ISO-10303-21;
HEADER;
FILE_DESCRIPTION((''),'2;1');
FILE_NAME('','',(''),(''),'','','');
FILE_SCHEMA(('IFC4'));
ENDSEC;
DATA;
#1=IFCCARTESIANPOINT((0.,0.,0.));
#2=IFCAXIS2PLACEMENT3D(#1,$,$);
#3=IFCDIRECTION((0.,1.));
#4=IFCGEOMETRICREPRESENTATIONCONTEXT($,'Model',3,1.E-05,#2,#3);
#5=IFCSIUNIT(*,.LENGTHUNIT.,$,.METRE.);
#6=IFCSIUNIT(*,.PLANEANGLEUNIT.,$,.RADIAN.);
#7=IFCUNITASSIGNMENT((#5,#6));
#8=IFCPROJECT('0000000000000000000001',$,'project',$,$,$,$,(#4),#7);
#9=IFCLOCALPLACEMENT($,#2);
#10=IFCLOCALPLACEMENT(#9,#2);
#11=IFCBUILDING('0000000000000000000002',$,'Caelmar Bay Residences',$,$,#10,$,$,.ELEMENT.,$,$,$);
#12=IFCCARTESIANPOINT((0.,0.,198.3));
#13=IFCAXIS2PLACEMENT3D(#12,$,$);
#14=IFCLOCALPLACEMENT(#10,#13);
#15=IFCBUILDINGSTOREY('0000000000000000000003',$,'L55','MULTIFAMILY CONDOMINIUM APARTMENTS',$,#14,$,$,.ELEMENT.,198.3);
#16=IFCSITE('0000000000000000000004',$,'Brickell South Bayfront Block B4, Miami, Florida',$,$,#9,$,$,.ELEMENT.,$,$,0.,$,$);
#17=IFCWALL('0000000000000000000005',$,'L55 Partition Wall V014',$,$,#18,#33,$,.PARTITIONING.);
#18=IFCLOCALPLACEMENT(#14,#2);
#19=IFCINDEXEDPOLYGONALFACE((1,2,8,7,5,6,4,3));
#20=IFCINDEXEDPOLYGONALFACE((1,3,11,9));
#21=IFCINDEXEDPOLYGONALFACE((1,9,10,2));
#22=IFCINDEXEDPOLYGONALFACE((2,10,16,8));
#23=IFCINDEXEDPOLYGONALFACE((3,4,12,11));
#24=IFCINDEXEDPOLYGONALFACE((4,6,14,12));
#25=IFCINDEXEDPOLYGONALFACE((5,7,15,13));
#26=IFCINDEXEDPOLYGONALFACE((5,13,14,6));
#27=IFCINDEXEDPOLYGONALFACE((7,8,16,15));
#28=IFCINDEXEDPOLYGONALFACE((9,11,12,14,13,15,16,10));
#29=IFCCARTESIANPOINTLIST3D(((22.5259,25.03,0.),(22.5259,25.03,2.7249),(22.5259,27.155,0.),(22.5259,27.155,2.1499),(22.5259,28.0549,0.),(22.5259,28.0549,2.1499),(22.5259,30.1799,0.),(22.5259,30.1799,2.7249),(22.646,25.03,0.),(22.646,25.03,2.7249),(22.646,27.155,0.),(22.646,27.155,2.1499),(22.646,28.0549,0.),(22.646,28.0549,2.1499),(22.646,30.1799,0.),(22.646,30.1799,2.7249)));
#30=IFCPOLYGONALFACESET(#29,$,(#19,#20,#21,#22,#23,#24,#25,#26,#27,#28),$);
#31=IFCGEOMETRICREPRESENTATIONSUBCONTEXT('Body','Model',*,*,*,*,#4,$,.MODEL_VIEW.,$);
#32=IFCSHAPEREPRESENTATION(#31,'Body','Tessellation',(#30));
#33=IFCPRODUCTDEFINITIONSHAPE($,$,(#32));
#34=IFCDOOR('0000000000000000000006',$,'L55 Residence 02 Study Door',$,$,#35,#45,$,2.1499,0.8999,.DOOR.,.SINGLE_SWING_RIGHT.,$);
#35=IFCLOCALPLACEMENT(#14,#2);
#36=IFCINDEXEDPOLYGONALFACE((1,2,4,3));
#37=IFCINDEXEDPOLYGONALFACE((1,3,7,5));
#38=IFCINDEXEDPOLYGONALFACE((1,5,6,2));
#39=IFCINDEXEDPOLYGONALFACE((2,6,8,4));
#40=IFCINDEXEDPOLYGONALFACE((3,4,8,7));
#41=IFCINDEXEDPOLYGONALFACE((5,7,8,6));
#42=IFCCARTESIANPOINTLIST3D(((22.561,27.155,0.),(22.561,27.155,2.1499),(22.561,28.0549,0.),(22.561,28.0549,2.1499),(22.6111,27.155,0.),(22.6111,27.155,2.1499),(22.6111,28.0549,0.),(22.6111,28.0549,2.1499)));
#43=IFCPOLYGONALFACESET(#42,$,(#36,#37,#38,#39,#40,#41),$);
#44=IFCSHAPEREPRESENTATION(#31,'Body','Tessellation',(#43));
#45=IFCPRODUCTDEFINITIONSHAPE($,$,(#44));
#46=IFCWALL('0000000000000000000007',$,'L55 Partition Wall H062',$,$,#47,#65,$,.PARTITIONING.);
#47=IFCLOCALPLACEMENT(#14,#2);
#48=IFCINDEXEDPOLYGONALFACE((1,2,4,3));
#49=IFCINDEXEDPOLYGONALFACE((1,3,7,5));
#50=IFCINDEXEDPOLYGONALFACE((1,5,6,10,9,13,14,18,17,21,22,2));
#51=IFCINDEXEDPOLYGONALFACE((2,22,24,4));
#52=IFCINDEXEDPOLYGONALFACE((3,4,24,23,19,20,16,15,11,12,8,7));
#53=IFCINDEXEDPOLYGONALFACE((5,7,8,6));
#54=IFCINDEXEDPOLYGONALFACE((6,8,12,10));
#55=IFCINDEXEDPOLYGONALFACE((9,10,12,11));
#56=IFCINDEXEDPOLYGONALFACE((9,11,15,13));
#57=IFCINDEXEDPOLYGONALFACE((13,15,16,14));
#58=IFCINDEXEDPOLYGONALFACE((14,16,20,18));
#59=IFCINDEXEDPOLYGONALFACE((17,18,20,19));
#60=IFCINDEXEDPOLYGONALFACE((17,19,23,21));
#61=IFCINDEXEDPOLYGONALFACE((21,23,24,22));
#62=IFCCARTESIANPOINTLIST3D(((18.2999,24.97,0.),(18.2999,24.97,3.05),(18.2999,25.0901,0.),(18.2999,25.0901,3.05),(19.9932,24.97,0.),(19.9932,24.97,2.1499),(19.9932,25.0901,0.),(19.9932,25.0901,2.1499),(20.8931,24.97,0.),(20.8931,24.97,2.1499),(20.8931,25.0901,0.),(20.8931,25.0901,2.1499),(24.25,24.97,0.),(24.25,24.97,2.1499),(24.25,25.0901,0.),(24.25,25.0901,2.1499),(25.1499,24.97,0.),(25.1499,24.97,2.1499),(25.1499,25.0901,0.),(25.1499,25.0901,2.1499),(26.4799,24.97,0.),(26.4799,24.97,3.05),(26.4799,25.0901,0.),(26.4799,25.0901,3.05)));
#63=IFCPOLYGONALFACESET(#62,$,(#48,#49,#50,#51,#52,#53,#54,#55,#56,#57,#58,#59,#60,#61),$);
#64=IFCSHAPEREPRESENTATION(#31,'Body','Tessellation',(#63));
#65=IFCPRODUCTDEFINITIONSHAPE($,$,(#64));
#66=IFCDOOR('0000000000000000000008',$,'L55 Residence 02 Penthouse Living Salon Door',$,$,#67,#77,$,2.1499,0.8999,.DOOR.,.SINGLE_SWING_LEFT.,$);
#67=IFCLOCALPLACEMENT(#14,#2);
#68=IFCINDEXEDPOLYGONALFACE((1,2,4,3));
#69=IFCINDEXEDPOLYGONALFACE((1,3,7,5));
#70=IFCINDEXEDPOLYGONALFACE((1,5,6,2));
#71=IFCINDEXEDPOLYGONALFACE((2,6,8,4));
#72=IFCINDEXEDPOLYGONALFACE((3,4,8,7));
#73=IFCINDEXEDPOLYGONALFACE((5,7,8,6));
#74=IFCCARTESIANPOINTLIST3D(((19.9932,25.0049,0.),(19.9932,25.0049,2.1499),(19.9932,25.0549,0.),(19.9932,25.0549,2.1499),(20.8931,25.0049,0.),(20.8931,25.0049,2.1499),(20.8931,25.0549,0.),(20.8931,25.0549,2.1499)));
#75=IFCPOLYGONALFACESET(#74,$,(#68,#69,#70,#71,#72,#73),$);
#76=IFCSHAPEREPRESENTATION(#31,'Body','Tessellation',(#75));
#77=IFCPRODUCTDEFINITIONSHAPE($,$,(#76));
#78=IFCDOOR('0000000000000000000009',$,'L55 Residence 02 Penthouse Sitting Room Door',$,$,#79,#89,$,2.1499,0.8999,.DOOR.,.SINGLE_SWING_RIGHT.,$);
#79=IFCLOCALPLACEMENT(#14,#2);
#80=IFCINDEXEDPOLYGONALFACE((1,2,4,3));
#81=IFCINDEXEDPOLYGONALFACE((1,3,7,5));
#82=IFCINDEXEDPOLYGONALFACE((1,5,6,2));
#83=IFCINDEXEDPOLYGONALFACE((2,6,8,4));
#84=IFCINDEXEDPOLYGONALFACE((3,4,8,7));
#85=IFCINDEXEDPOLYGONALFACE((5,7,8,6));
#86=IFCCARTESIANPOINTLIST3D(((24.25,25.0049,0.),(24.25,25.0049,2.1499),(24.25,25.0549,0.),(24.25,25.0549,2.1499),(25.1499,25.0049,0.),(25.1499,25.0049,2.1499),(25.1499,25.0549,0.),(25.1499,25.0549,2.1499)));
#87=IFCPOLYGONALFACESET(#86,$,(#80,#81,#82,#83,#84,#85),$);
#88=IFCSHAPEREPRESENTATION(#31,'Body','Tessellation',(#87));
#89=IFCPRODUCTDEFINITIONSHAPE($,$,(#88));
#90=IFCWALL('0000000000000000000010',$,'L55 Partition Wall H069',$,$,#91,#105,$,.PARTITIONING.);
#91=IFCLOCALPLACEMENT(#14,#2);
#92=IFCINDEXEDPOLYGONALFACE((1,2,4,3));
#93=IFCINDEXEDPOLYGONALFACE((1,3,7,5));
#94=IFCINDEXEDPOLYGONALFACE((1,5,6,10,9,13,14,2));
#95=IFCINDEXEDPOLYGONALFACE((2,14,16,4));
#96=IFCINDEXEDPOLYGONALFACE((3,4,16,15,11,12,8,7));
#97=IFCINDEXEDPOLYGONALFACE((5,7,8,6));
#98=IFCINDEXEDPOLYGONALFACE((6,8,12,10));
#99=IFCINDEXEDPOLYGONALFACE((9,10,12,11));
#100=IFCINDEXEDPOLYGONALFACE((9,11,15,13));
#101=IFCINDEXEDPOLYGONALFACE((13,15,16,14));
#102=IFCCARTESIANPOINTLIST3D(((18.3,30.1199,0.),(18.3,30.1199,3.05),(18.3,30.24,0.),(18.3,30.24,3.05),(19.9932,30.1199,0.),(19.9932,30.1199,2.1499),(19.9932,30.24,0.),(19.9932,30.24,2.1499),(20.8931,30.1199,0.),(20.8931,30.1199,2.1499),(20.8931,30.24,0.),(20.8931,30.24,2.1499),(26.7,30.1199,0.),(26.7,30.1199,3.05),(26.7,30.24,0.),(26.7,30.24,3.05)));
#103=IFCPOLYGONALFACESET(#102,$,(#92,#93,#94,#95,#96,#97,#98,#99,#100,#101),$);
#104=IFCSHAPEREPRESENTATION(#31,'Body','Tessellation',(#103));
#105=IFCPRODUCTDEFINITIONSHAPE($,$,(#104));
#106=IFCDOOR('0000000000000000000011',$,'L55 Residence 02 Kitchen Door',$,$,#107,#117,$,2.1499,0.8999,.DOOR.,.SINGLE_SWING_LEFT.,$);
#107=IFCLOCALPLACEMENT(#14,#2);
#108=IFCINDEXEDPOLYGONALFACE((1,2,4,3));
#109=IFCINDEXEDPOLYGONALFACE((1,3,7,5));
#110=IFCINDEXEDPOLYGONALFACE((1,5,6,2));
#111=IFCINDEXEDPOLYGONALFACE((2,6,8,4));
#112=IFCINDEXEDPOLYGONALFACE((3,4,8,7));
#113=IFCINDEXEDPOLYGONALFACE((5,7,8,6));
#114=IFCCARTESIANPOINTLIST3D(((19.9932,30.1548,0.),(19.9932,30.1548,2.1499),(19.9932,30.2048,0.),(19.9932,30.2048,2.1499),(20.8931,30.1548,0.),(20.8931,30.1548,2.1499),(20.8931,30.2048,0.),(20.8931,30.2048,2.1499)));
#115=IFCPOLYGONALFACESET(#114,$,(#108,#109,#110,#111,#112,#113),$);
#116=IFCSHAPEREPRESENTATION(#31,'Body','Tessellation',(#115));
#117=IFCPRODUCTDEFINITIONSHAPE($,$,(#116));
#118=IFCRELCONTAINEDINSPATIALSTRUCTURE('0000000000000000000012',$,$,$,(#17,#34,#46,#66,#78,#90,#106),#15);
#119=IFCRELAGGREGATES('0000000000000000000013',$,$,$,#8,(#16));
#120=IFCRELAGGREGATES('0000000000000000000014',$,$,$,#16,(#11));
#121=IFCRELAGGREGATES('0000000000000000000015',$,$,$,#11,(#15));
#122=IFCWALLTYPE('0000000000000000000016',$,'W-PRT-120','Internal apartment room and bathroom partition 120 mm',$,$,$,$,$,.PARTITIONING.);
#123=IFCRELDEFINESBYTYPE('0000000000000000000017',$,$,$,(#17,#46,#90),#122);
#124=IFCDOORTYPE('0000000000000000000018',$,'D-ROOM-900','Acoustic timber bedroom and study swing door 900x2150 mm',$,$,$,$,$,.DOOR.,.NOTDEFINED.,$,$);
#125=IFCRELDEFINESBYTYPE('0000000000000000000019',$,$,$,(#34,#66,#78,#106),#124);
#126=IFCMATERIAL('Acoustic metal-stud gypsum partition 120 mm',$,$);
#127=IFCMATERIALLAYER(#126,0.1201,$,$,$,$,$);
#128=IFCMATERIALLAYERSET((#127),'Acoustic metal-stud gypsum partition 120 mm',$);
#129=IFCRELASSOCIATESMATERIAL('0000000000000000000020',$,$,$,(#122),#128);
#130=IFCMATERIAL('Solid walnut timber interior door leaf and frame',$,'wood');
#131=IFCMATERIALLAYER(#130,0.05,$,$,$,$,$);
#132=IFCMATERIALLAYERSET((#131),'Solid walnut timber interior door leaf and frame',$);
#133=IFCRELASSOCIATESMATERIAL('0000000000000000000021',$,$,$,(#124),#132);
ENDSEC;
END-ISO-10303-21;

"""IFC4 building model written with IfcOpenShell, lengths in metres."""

from ifc_helpers import new_model, si_unit, direction, frame, frame_2d, origin, place, context, subcontext, project, spatial, rectangle, extrude, material, layer, layer_set, type_object, element, fill, save


model = new_model("IFC4")

# Units and contexts
model_context = context("Model", 3, precision=1e-05, world=origin(), true_north=direction((0.0, 1.0)))
body_context = subcontext(model_context, "Body", "Model", "MODEL_VIEW")
ifc_project = project(units=[si_unit("LENGTHUNIT", "METRE"), si_unit("PLANEANGLEUNIT", "RADIAN")], contexts=[model_context])

# Site, building, storey
site_placement = place(None, origin())
site = spatial("IfcSite", under=ifc_project, at=site_placement, Name="Brickell South Bayfront Block B4, Miami, Florida", CompositionType="ELEMENT", RefElevation=0.0)
building_placement = place(site_placement, origin())
building = spatial("IfcBuilding", under=site, at=building_placement, Name="Caelmar Bay Residences", CompositionType="ELEMENT")
storey_placement = place(building_placement, frame((0.0, 0.0, 198.3)))
storey = spatial("IfcBuildingStorey", under=building, at=storey_placement, Name="L55", Description="MULTIFAMILY CONDOMINIUM APARTMENTS", CompositionType="ELEMENT", Elevation=198.3)

# Wall, opening, door
ifc_material_1 = material(Name="Acoustic metal-stud gypsum partition 120 mm")
ifc_layer_1 = layer(ifc_material_1, 0.1201)
ifc_layer_set_1 = layer_set([ifc_layer_1], Name="Acoustic metal-stud gypsum partition 120 mm")
wall_type_1 = type_object("IfcWallType", Name="W-PRT-120", Description="Internal apartment room and bathroom partition 120 mm", PredefinedType="PARTITIONING", material=ifc_layer_set_1)
wall_1_placement = place(storey_placement, frame((22.5859, 25.03, 0.0), z_axis=(0.0, 0.0, 1.0), x_axis=(0.0, 1.0, 0.0)))
wall_1 = element("IfcWall", 1, at=wall_1_placement, inside=storey, type_object=wall_type_1, Name="L55 Partition Wall V014", PredefinedType="PARTITIONING", context=body_context, shape_type="SweptSolid", body=[
    extrude(rectangle(XDim=5.1499, YDim=0.1201, at=frame_2d((2.575, 0.0))), origin(), (0.0, 0.0, 1.0), 2.7249),
])
opening_1_placement = place(wall_1_placement, frame((2.125, 0.0, 0.0)))
opening_1 = element("IfcOpeningElement", 2, at=opening_1_placement, cuts=wall_1, PredefinedType="OPENING", context=body_context, shape_type="SweptSolid", body=[
    extrude(rectangle(XDim=0.8999, YDim=2.1499, at=frame_2d((0.45, 1.075))), frame((0.0, 0.0701, 0.0), z_axis=(0.0, -1.0, 0.0), x_axis=(1.0, 0.0, 0.0)), (0.0, 0.0, 1.0), 0.1401),
])
ifc_material_2 = material(Name="Solid walnut timber interior door leaf and frame", Category="wood")
ifc_layer_2 = layer(ifc_material_2, 0.05)
ifc_layer_set_2 = layer_set([ifc_layer_2], Name="Solid walnut timber interior door leaf and frame")
door_type_1 = type_object("IfcDoorType", Name="D-ROOM-900", Description="Acoustic timber bedroom and study swing door 900x2150 mm", OperationType="NOTDEFINED", PredefinedType="DOOR", material=ifc_layer_set_2)
door_1_placement = place(opening_1_placement, origin())
door_1 = element("IfcDoor", 3, at=door_1_placement, inside=storey, type_object=door_type_1, Name="L55 Residence 02 Study Door", OperationType="SINGLE_SWING_RIGHT", OverallHeight=2.1499, OverallWidth=0.8999, PredefinedType="DOOR", context=body_context, shape_type="SweptSolid", body=[
    extrude(rectangle(XDim=0.8999, YDim=2.1499, at=frame_2d((0.45, 1.075))), frame((0.0, 0.0249, 0.0), z_axis=(0.0, -1.0, 0.0), x_axis=(1.0, 0.0, 0.0)), (0.0, 0.0, 1.0), 0.05),
])
fill(opening_1, door_1)

# Wall, openings, doors
wall_2_placement = place(storey_placement, frame((18.3, 25.03, 0.0), z_axis=(0.0, 0.0, 1.0), x_axis=(1.0, 0.0, 0.0)))
wall_2 = element("IfcWall", 4, at=wall_2_placement, inside=storey, type_object=wall_type_1, Name="L55 Partition Wall H062", PredefinedType="PARTITIONING", context=body_context, shape_type="SweptSolid", body=[
    extrude(rectangle(XDim=8.1799, YDim=0.1201, at=frame_2d((4.0898, 0.0))), origin(), (0.0, 0.0, 1.0), 3.05),
])
opening_2_placement = place(wall_2_placement, frame((1.6931, 0.0, 0.0)))
opening_2 = element("IfcOpeningElement", 5, at=opening_2_placement, cuts=wall_2, PredefinedType="OPENING", context=body_context, shape_type="SweptSolid", body=[
    extrude(rectangle(XDim=0.8999, YDim=2.1499, at=frame_2d((0.45, 1.075))), frame((0.0, 0.0701, 0.0), z_axis=(0.0, -1.0, 0.0), x_axis=(1.0, 0.0, 0.0)), (0.0, 0.0, 1.0), 0.1401),
])
opening_3_placement = place(wall_2_placement, frame((5.95, 0.0, 0.0)))
opening_3 = element("IfcOpeningElement", 6, at=opening_3_placement, cuts=wall_2, PredefinedType="OPENING", context=body_context, shape_type="SweptSolid", body=[
    extrude(rectangle(XDim=0.8999, YDim=2.1499, at=frame_2d((0.45, 1.075))), frame((0.0, 0.0701, 0.0), z_axis=(0.0, -1.0, 0.0), x_axis=(1.0, 0.0, 0.0)), (0.0, 0.0, 1.0), 0.1401),
])
door_2_placement = place(opening_2_placement, origin())
door_2 = element("IfcDoor", 7, at=door_2_placement, inside=storey, type_object=door_type_1, Name="L55 Residence 02 Penthouse Living Salon Door", OperationType="SINGLE_SWING_LEFT", OverallHeight=2.1499, OverallWidth=0.8999, PredefinedType="DOOR", context=body_context, shape_type="SweptSolid", body=[
    extrude(rectangle(XDim=0.8999, YDim=2.1499, at=frame_2d((0.45, 1.075))), frame((0.0, 0.0249, 0.0), z_axis=(0.0, -1.0, 0.0), x_axis=(1.0, 0.0, 0.0)), (0.0, 0.0, 1.0), 0.05),
])
fill(opening_2, door_2)
door_3_placement = place(opening_3_placement, origin())
door_3 = element("IfcDoor", 8, at=door_3_placement, inside=storey, type_object=door_type_1, Name="L55 Residence 02 Penthouse Sitting Room Door", OperationType="SINGLE_SWING_RIGHT", OverallHeight=2.1499, OverallWidth=0.8999, PredefinedType="DOOR", context=body_context, shape_type="SweptSolid", body=[
    extrude(rectangle(XDim=0.8999, YDim=2.1499, at=frame_2d((0.45, 1.075))), frame((0.0, 0.0249, 0.0), z_axis=(0.0, -1.0, 0.0), x_axis=(1.0, 0.0, 0.0)), (0.0, 0.0, 1.0), 0.05),
])
fill(opening_3, door_3)

# Wall, opening, door
wall_3_placement = place(storey_placement, frame((18.3, 30.1799, 0.0), z_axis=(0.0, 0.0, 1.0), x_axis=(1.0, 0.0, 0.0)))
wall_3 = element("IfcWall", 9, at=wall_3_placement, inside=storey, type_object=wall_type_1, Name="L55 Partition Wall H069", PredefinedType="PARTITIONING", context=body_context, shape_type="SweptSolid", body=[
    extrude(rectangle(XDim=8.3999, YDim=0.1201, at=frame_2d((4.2, 0.0))), origin(), (0.0, 0.0, 1.0), 3.05),
])
opening_4_placement = place(wall_3_placement, frame((1.6931, 0.0, 0.0)))
opening_4 = element("IfcOpeningElement", 10, at=opening_4_placement, cuts=wall_3, PredefinedType="OPENING", context=body_context, shape_type="SweptSolid", body=[
    extrude(rectangle(XDim=0.8999, YDim=2.1499, at=frame_2d((0.45, 1.075))), frame((0.0, 0.0701, 0.0), z_axis=(0.0, -1.0, 0.0), x_axis=(1.0, 0.0, 0.0)), (0.0, 0.0, 1.0), 0.1401),
])
door_4_placement = place(opening_4_placement, origin())
door_4 = element("IfcDoor", 11, at=door_4_placement, inside=storey, type_object=door_type_1, Name="L55 Residence 02 Kitchen Door", OperationType="SINGLE_SWING_LEFT", OverallHeight=2.1499, OverallWidth=0.8999, PredefinedType="DOOR", context=body_context, shape_type="SweptSolid", body=[
    extrude(rectangle(XDim=0.8999, YDim=2.1499, at=frame_2d((0.45, 1.075))), frame((0.0, 0.0249, 0.0), z_axis=(0.0, -1.0, 0.0), x_axis=(1.0, 0.0, 0.0)), (0.0, 0.0, 1.0), 0.05),
])
fill(opening_4, door_4)

save(model, "model.ifc")
